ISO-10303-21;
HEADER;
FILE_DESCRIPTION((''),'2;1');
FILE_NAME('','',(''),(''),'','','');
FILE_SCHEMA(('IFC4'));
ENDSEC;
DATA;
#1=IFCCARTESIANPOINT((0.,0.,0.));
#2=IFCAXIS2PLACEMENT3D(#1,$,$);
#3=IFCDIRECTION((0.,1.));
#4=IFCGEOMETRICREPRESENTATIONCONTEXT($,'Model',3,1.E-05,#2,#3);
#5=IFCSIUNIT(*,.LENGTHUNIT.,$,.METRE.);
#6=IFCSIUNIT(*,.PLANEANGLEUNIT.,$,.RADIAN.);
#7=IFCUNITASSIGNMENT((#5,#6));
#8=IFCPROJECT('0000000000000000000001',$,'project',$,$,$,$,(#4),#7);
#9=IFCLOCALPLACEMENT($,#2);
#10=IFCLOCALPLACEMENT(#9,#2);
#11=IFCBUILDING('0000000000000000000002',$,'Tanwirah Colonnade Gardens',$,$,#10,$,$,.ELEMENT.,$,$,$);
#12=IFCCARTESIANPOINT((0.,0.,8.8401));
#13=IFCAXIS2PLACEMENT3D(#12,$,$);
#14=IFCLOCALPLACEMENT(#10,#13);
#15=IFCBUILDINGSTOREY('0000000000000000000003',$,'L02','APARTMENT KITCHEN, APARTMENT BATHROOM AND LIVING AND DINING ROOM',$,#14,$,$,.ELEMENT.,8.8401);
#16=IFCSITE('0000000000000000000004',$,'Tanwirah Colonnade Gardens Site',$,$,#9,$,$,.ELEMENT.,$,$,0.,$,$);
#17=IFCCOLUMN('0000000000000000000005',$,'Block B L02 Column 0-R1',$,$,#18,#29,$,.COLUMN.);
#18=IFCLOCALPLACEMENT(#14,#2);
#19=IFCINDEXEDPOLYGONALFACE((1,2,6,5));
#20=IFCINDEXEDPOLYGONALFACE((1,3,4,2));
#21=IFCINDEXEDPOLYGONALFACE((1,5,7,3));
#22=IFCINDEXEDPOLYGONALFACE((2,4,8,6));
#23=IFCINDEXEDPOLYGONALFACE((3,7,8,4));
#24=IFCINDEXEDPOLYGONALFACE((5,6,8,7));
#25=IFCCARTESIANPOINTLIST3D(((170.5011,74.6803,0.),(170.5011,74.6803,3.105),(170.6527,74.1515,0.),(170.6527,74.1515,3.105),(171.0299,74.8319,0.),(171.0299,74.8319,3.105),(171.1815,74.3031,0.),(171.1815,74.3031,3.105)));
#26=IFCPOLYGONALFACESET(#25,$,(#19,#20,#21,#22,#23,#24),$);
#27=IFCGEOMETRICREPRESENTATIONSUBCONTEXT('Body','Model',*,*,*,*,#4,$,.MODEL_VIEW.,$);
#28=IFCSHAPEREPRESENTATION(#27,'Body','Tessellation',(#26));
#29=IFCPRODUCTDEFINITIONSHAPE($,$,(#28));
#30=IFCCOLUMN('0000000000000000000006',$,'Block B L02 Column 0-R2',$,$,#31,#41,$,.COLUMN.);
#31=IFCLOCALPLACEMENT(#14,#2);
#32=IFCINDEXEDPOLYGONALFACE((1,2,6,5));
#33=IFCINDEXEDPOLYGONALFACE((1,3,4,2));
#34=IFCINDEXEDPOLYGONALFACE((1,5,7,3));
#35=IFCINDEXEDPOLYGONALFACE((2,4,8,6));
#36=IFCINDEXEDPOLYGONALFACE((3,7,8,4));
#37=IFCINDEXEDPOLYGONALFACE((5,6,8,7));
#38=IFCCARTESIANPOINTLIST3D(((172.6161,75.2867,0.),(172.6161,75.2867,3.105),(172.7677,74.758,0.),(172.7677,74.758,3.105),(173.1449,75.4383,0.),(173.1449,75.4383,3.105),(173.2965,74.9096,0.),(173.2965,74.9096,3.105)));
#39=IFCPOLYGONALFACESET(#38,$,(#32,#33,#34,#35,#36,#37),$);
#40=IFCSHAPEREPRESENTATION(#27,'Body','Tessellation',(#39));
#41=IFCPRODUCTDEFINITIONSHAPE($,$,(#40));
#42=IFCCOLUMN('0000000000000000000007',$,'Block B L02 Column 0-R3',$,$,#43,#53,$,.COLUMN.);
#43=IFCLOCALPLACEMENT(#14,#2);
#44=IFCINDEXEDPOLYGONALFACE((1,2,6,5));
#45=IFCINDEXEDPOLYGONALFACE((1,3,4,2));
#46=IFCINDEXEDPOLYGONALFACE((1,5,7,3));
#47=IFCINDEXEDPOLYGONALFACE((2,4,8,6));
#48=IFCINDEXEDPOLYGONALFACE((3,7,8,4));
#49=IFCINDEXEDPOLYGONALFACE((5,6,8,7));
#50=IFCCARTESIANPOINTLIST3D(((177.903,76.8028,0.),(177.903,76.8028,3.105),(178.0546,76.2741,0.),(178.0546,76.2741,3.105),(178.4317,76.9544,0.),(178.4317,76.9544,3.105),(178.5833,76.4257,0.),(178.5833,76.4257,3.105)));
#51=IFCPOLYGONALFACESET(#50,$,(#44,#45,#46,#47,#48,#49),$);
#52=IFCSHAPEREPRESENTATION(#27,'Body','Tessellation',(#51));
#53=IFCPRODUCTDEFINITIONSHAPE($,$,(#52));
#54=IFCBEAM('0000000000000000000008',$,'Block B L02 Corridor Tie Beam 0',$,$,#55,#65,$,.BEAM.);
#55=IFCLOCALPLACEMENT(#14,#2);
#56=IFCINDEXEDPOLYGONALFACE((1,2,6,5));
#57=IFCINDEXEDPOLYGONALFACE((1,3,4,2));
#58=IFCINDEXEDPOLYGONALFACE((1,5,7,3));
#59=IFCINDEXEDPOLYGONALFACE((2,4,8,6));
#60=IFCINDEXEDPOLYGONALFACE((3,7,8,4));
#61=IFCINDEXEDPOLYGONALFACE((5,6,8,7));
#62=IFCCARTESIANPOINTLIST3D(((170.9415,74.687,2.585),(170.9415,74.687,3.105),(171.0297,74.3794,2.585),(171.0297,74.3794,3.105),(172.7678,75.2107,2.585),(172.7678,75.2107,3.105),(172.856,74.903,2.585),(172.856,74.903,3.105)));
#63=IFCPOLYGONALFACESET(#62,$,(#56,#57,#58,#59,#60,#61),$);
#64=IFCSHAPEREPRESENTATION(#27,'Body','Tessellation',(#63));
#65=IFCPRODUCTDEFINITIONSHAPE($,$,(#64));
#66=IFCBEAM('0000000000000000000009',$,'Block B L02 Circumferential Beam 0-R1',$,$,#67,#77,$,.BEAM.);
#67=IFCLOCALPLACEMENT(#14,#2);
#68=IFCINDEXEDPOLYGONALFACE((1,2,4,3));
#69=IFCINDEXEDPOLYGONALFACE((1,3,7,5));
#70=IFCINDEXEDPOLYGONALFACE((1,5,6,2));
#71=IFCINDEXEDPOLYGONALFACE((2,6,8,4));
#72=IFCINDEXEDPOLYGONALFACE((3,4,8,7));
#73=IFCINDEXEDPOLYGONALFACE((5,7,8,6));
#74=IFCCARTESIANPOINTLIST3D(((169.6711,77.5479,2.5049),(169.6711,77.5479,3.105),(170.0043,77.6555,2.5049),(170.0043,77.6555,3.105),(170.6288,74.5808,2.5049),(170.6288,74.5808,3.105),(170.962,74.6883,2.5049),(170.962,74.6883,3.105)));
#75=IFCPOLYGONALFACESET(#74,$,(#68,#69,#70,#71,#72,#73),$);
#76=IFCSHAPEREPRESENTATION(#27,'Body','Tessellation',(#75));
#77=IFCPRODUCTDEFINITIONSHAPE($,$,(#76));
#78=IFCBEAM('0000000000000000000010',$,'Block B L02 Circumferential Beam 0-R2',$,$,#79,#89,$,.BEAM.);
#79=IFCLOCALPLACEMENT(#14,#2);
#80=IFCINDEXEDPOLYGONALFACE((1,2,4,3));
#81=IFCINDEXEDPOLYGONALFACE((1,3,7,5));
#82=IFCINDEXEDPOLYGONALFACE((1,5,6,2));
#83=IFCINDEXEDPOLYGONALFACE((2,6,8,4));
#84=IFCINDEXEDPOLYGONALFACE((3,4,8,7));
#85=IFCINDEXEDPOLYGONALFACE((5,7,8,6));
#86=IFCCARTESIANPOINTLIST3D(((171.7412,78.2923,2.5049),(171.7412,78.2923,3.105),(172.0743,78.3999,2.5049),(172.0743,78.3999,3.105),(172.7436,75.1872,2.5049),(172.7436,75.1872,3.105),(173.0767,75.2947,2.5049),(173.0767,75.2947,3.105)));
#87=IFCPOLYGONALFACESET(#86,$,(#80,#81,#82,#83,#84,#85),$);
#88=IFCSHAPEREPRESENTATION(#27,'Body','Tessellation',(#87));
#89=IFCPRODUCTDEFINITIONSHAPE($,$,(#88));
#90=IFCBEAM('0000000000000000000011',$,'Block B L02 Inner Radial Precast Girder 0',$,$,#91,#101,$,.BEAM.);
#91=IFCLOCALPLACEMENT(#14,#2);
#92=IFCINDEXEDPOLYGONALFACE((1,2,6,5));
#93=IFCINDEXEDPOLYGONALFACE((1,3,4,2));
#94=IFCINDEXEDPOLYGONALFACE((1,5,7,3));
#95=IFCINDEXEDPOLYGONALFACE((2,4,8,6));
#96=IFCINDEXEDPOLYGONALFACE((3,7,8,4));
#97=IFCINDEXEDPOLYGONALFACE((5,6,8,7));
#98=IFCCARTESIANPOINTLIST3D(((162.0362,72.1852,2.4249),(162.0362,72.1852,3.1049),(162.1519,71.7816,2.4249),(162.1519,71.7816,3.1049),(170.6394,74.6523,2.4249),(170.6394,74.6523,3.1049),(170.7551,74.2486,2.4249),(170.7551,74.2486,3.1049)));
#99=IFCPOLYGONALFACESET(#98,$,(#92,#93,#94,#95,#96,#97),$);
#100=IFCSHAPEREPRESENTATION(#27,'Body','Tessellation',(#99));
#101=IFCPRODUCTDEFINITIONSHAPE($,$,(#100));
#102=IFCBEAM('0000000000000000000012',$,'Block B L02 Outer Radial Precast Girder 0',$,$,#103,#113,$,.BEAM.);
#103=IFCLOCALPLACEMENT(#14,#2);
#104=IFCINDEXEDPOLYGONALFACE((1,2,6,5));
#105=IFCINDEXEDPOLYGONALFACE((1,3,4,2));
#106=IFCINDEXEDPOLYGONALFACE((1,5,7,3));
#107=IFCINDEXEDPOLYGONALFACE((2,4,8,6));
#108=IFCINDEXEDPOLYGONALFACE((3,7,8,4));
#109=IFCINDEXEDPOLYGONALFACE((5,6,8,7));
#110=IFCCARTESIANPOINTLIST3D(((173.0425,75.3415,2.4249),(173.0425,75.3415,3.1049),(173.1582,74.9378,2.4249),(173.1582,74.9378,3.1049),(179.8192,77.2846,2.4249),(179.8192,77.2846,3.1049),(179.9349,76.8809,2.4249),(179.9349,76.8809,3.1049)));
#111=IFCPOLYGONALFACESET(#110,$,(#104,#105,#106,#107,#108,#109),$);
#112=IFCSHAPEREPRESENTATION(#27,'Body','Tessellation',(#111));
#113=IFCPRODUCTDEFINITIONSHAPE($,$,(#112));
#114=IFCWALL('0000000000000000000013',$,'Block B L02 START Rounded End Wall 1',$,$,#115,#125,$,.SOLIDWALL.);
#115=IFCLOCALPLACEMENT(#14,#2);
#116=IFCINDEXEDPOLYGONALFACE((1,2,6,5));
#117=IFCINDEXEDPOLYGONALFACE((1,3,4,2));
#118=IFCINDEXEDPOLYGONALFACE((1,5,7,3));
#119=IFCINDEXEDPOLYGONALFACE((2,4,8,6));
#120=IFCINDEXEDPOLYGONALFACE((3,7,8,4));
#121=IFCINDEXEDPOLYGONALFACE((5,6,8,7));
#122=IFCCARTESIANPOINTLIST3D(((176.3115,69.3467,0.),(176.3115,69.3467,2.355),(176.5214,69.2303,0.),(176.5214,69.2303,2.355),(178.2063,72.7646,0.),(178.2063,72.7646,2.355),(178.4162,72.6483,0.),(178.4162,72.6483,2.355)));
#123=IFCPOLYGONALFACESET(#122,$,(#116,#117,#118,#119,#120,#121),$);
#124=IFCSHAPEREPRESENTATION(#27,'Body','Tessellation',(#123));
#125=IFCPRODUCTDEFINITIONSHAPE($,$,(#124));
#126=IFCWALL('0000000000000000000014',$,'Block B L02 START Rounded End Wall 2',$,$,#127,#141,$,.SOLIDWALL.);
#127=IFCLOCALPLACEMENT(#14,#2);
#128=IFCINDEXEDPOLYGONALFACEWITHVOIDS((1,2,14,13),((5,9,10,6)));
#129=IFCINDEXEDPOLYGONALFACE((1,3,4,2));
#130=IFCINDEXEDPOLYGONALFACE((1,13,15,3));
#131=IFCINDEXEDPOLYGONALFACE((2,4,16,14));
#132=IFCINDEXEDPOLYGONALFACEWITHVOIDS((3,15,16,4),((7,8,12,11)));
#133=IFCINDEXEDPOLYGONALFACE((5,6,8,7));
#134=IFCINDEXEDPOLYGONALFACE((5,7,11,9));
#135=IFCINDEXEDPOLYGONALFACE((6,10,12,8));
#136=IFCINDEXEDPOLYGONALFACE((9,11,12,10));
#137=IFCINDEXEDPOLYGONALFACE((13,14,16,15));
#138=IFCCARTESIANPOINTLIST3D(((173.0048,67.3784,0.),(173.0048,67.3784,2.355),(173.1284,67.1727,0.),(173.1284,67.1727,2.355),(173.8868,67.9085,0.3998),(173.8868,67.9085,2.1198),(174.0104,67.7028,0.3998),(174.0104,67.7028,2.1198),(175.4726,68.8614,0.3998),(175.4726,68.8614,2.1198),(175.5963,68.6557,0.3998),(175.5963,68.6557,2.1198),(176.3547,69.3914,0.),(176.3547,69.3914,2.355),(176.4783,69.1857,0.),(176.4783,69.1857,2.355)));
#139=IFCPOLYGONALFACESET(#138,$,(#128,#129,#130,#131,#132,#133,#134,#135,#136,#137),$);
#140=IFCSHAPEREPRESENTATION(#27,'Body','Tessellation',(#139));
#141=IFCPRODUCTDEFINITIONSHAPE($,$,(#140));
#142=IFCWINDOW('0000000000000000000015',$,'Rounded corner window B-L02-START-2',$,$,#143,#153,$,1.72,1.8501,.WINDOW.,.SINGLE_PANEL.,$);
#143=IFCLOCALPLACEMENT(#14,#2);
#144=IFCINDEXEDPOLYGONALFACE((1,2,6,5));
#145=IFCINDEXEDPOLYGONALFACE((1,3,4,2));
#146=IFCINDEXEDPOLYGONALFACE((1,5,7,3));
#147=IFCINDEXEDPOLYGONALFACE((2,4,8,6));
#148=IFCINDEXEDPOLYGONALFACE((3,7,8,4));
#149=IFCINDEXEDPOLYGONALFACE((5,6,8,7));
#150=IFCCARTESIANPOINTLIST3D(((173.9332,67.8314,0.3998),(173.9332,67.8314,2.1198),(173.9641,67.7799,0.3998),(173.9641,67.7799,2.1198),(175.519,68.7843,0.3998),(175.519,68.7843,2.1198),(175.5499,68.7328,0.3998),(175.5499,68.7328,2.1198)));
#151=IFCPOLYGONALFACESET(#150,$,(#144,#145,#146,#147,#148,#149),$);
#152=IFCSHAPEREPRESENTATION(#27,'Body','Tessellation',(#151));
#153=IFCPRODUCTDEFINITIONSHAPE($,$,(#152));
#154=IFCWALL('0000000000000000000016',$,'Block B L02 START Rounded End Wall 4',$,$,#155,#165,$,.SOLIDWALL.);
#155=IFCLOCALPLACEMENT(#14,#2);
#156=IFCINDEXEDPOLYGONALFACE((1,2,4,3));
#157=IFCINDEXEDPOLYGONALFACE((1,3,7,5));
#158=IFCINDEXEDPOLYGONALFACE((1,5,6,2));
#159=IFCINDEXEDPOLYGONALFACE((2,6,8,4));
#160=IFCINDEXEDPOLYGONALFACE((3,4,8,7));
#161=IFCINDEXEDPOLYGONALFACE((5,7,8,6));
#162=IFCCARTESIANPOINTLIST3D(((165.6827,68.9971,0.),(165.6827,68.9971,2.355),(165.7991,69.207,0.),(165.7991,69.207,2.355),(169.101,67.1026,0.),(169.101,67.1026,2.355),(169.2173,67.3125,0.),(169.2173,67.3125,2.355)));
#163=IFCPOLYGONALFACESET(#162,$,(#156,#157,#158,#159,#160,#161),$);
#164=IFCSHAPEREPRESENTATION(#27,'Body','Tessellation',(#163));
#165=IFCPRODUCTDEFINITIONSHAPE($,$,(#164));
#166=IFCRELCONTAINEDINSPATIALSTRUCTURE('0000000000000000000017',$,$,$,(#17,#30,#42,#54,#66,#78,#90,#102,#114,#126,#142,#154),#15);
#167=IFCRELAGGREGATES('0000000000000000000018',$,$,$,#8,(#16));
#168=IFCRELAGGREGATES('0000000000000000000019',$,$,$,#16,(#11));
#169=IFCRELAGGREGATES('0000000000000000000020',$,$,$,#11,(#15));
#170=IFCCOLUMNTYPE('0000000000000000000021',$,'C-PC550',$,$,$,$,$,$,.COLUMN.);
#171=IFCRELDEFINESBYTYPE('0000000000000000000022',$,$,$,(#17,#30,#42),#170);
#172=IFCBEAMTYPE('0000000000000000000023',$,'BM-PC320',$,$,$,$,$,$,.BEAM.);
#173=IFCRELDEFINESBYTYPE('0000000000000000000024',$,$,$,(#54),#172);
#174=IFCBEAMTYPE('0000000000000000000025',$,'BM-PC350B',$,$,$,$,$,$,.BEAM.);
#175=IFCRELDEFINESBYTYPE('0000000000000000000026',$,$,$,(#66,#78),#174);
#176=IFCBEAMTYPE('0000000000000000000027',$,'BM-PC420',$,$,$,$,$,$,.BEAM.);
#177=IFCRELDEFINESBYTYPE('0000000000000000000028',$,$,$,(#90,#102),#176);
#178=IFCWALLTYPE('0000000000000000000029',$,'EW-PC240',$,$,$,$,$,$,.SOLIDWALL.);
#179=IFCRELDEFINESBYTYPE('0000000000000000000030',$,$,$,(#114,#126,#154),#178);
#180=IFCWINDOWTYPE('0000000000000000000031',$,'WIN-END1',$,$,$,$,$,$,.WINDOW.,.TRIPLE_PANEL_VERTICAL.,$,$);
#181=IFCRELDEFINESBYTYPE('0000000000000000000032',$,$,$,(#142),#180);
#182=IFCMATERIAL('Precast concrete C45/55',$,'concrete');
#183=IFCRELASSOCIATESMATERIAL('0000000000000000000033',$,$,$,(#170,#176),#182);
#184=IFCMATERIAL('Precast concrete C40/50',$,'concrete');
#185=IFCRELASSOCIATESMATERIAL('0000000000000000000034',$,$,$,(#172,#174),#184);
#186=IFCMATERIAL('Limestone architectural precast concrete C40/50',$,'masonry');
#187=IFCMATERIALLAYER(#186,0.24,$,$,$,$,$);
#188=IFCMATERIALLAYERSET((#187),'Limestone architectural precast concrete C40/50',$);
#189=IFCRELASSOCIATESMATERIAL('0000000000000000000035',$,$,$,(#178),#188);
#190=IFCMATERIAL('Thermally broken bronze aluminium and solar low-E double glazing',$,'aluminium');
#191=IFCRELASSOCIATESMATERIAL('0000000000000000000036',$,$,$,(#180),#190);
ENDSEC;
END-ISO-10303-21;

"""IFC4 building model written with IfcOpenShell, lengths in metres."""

from ifc_helpers import new_model, si_unit, direction, frame, frame_2d, origin, origin_2d, place, context, subcontext, project, spatial, rectangle, extrude, material, layer, layer_set, material_profile, profile_set, type_object, element, fill, save


model = new_model("IFC4")

# Units and contexts
model_context = context("Model", 3, precision=1e-05, world=origin(), true_north=direction((0.0, 1.0)))
body_context = subcontext(model_context, "Body", "Model", "MODEL_VIEW")
ifc_project = project(units=[si_unit("LENGTHUNIT", "METRE"), si_unit("PLANEANGLEUNIT", "RADIAN")], contexts=[model_context])

# Site, building, storey
site_placement = place(None, origin())
site = spatial("IfcSite", under=ifc_project, at=site_placement, Name="Tanwirah Colonnade Gardens Site", CompositionType="ELEMENT", RefElevation=0.0)
building_placement = place(site_placement, origin())
building = spatial("IfcBuilding", under=site, at=building_placement, Name="Tanwirah Colonnade Gardens", CompositionType="ELEMENT")
storey_placement = place(building_placement, frame((0.0, 0.0, 8.8401)))
storey = spatial("IfcBuildingStorey", under=building, at=storey_placement, Name="L02", Description="APARTMENT KITCHEN, APARTMENT BATHROOM AND LIVING AND DINING ROOM", CompositionType="ELEMENT", Elevation=8.8401)

# Columns
ifc_material_1 = material(Name="Precast concrete C45/55", Category="concrete")
ifc_material_profile_1 = material_profile(ifc_material_1, rectangle(XDim=0.55, YDim=0.55, at=origin_2d()), Name="PC-COL 550x550")
ifc_profile_set_1 = profile_set([ifc_material_profile_1], Name="Precast concrete C45/55")
column_type = type_object("IfcColumnType", Name="C-PC550", PredefinedType="COLUMN", material=ifc_profile_set_1)
for number, where, z_axis, x_axis, name in (
    (1, (170.8413, 74.4917, 0.0), (0.0, 0.0, 1.0), (0.961262, 0.275637, 0.0), "Block B L02 Column 0-R1"),
    (2, (172.9563, 75.0981, 0.0), (0.0, 0.0, 1.0), (0.961262, 0.275637, 0.0), "Block B L02 Column 0-R2"),
    (3, (178.2432, 76.6143, 0.0), (0.0, 0.0, 1.0), (0.961262, 0.275637, 0.0), "Block B L02 Column 0-R3"),
):
    element("IfcColumn", number, at=place(storey_placement, frame(where, z_axis=z_axis, x_axis=x_axis)), inside=storey, type_object=column_type, Name=name, PredefinedType="COLUMN", context=body_context, shape_type="SweptSolid", body=[
        extrude(rectangle(XDim=0.55, YDim=0.55, at=origin_2d()), origin(), (0.0, 0.0, 1.0), 3.105),
    ])

# Beams
ifc_material_2 = material(Name="Precast concrete C40/50", Category="concrete")
ifc_material_profile_2 = material_profile(ifc_material_2, rectangle(XDim=0.3201, YDim=0.52, at=origin_2d()), Name="PC-BM 320x520")
ifc_profile_set_2 = profile_set([ifc_material_profile_2], Name="Precast concrete C40/50")
beam_type_1 = type_object("IfcBeamType", Name="BM-PC320", PredefinedType="BEAM", material=ifc_profile_set_2)
beam_1_placement = place(storey_placement, frame((170.9856, 74.5332, 2.845), z_axis=(0.961267, 0.27562, 0.0), x_axis=(-0.27562, 0.961267, 0.0)))
element("IfcBeam", 4, at=beam_1_placement, inside=storey, type_object=beam_type_1, Name="Block B L02 Corridor Tie Beam 0", PredefinedType="BEAM", context=body_context, shape_type="SweptSolid", body=[
    extrude(rectangle(XDim=0.3201, YDim=0.52, at=origin_2d()), origin(), (0.0, 0.0, 1.0), 1.8999),
])
ifc_material_profile_3 = material_profile(ifc_material_2, rectangle(XDim=0.3501, YDim=0.6001, at=origin_2d()), Name="PC-BM 350x600")
ifc_profile_set_3 = profile_set([ifc_material_profile_3], Name="Precast concrete C40/50")
beam_type_2 = type_object("IfcBeamType", Name="BM-PC350B", PredefinedType="BEAM", material=ifc_profile_set_3)
beam_2_placement = place(storey_placement, frame((170.7954, 74.6345, 2.8049), z_axis=(-0.30717, 0.951655, 0.0), x_axis=(-0.951655, -0.30717, 0.0)))
element("IfcBeam", 5, at=beam_2_placement, inside=storey, type_object=beam_type_2, Name="Block B L02 Circumferential Beam 0-R1", PredefinedType="BEAM", context=body_context, shape_type="SweptSolid", body=[
    extrude(rectangle(XDim=0.3501, YDim=0.6001, at=origin_2d()), origin(), (0.0, 0.0, 1.0), 3.1179),
])
beam_3_placement = place(storey_placement, frame((172.9102, 75.241, 2.8049), z_axis=(-0.307213, 0.951641, 0.0), x_axis=(-0.951641, -0.307213, 0.0)))
element("IfcBeam", 6, at=beam_3_placement, inside=storey, type_object=beam_type_2, Name="Block B L02 Circumferential Beam 0-R2", PredefinedType="BEAM", context=body_context, shape_type="SweptSolid", body=[
    extrude(rectangle(XDim=0.3501, YDim=0.6001, at=origin_2d()), origin(), (0.0, 0.0, 1.0), 3.2629),
])
ifc_material_profile_4 = material_profile(ifc_material_1, rectangle(XDim=0.4199, YDim=0.6799, at=origin_2d()), Name="PC-BM 420x680")
ifc_profile_set_4 = profile_set([ifc_material_profile_4], Name="Precast concrete C45/55")
beam_type_3 = type_object("IfcBeamType", Name="BM-PC420", PredefinedType="BEAM", material=ifc_profile_set_4)
beam_4_placement = place(storey_placement, frame((170.6973, 74.4504, 2.7649), z_axis=(-0.961259, -0.275647, 0.0), x_axis=(0.275647, -0.961259, 0.0)))
element("IfcBeam", 7, at=beam_4_placement, inside=storey, type_object=beam_type_3, Name="Block B L02 Inner Radial Precast Girder 0", PredefinedType="BEAM", context=body_context, shape_type="SweptSolid", body=[
    extrude(rectangle(XDim=0.4199, YDim=0.6799, at=origin_2d()), origin(), (0.0, 0.0, 1.0), 8.95),
])
beam_5_placement = place(storey_placement, frame((173.1003, 75.1396, 2.7649), z_axis=(0.961266, 0.275622, 0.0), x_axis=(-0.275622, 0.961266, 0.0)))
element("IfcBeam", 8, at=beam_5_placement, inside=storey, type_object=beam_type_3, Name="Block B L02 Outer Radial Precast Girder 0", PredefinedType="BEAM", context=body_context, shape_type="SweptSolid", body=[
    extrude(rectangle(XDim=0.4199, YDim=0.6799, at=origin_2d()), origin(), (0.0, 0.0, 1.0), 7.0498),
])

# Wall
ifc_material_3 = material(Name="Limestone architectural precast concrete C40/50", Category="masonry")
ifc_layer_1 = layer(ifc_material_3, 0.24)
ifc_layer_set_1 = layer_set([ifc_layer_1], Name="Limestone architectural precast concrete C40/50")
wall_type_1 = type_object("IfcWallType", Name="EW-PC240", PredefinedType="SOLIDWALL", material=ifc_layer_set_1)
wall_1_placement = place(storey_placement, frame((178.3113, 72.7065, 0.0), z_axis=(0.0, 0.0, 1.0), x_axis=(-0.484842, -0.874602, 0.0)))
element("IfcWall", 9, at=wall_1_placement, inside=storey, type_object=wall_type_1, Name="Block B L02 START Rounded End Wall 1", PredefinedType="SOLIDWALL", context=body_context, shape_type="SweptSolid", body=[
    extrude(rectangle(XDim=3.908, YDim=0.24, at=frame_2d((1.9541, 0.0))), origin(), (0.0, 0.0, 1.0), 2.355),
])

# Wall, opening, window
wall_2_placement = place(storey_placement, frame((176.4165, 69.2886, 0.0), z_axis=(0.0, 0.0, 1.0), x_axis=(-0.857151, -0.515065, 0.0)))
wall_2 = element("IfcWall", 10, at=wall_2_placement, inside=storey, type_object=wall_type_1, Name="Block B L02 START Rounded End Wall 2", PredefinedType="SOLIDWALL", context=body_context, shape_type="SweptSolid", body=[
    extrude(rectangle(XDim=3.9082, YDim=0.24, at=frame_2d((1.9541, 0.0))), origin(), (0.0, 0.0, 1.0), 2.355),
])
opening_1_placement = place(wall_2_placement, frame((1.0291, 0.0, 0.3999)))
opening_1 = element("IfcOpeningElement", 11, at=opening_1_placement, cuts=wall_2, PredefinedType="OPENING", context=body_context, shape_type="SweptSolid", body=[
    extrude(rectangle(XDim=1.8501, YDim=1.72, at=frame_2d((0.925, 0.8599))), frame((0.0, 0.1299, 0.0), z_axis=(0.0, -1.0, 0.0), x_axis=(1.0, 0.0, 0.0)), (0.0, 0.0, 1.0), 0.26),
])
ifc_material_4 = material(Name="Thermally broken bronze aluminium and solar low-E double glazing", Category="aluminium")
window_type = type_object("IfcWindowType", Name="WIN-END1", PartitioningType="TRIPLE_PANEL_VERTICAL", PredefinedType="WINDOW", material=ifc_material_4)
window_placement = place(opening_1_placement, origin())
window = element("IfcWindow", 12, at=window_placement, inside=storey, type_object=window_type, Name="Rounded corner window B-L02-START-2", OverallHeight=1.72, OverallWidth=1.8501, PartitioningType="SINGLE_PANEL", PredefinedType="WINDOW", context=body_context, shape_type="SweptSolid", body=[
    extrude(rectangle(XDim=1.8501, YDim=1.72, at=frame_2d((0.925, 0.8599))), frame((0.0, 0.03, 0.0), z_axis=(0.0, -1.0, 0.0), x_axis=(1.0, 0.0, 0.0)), (0.0, 0.0, 1.0), 0.0601),
])
fill(opening_1, window)

# Wall
wall_3_placement = place(storey_placement, frame((169.1592, 67.2075, 0.0), z_axis=(0.0, 0.0, 1.0), x_axis=(-0.874643, 0.484768, 0.0)))
element("IfcWall", 13, at=wall_3_placement, inside=storey, type_object=wall_type_1, Name="Block B L02 START Rounded End Wall 4", PredefinedType="SOLIDWALL", context=body_context, shape_type="SweptSolid", body=[
    extrude(rectangle(XDim=3.9082, YDim=0.24, at=frame_2d((1.9541, 0.0))), origin(), (0.0, 0.0, 1.0), 2.355),
])

save(model, "model.ifc")
